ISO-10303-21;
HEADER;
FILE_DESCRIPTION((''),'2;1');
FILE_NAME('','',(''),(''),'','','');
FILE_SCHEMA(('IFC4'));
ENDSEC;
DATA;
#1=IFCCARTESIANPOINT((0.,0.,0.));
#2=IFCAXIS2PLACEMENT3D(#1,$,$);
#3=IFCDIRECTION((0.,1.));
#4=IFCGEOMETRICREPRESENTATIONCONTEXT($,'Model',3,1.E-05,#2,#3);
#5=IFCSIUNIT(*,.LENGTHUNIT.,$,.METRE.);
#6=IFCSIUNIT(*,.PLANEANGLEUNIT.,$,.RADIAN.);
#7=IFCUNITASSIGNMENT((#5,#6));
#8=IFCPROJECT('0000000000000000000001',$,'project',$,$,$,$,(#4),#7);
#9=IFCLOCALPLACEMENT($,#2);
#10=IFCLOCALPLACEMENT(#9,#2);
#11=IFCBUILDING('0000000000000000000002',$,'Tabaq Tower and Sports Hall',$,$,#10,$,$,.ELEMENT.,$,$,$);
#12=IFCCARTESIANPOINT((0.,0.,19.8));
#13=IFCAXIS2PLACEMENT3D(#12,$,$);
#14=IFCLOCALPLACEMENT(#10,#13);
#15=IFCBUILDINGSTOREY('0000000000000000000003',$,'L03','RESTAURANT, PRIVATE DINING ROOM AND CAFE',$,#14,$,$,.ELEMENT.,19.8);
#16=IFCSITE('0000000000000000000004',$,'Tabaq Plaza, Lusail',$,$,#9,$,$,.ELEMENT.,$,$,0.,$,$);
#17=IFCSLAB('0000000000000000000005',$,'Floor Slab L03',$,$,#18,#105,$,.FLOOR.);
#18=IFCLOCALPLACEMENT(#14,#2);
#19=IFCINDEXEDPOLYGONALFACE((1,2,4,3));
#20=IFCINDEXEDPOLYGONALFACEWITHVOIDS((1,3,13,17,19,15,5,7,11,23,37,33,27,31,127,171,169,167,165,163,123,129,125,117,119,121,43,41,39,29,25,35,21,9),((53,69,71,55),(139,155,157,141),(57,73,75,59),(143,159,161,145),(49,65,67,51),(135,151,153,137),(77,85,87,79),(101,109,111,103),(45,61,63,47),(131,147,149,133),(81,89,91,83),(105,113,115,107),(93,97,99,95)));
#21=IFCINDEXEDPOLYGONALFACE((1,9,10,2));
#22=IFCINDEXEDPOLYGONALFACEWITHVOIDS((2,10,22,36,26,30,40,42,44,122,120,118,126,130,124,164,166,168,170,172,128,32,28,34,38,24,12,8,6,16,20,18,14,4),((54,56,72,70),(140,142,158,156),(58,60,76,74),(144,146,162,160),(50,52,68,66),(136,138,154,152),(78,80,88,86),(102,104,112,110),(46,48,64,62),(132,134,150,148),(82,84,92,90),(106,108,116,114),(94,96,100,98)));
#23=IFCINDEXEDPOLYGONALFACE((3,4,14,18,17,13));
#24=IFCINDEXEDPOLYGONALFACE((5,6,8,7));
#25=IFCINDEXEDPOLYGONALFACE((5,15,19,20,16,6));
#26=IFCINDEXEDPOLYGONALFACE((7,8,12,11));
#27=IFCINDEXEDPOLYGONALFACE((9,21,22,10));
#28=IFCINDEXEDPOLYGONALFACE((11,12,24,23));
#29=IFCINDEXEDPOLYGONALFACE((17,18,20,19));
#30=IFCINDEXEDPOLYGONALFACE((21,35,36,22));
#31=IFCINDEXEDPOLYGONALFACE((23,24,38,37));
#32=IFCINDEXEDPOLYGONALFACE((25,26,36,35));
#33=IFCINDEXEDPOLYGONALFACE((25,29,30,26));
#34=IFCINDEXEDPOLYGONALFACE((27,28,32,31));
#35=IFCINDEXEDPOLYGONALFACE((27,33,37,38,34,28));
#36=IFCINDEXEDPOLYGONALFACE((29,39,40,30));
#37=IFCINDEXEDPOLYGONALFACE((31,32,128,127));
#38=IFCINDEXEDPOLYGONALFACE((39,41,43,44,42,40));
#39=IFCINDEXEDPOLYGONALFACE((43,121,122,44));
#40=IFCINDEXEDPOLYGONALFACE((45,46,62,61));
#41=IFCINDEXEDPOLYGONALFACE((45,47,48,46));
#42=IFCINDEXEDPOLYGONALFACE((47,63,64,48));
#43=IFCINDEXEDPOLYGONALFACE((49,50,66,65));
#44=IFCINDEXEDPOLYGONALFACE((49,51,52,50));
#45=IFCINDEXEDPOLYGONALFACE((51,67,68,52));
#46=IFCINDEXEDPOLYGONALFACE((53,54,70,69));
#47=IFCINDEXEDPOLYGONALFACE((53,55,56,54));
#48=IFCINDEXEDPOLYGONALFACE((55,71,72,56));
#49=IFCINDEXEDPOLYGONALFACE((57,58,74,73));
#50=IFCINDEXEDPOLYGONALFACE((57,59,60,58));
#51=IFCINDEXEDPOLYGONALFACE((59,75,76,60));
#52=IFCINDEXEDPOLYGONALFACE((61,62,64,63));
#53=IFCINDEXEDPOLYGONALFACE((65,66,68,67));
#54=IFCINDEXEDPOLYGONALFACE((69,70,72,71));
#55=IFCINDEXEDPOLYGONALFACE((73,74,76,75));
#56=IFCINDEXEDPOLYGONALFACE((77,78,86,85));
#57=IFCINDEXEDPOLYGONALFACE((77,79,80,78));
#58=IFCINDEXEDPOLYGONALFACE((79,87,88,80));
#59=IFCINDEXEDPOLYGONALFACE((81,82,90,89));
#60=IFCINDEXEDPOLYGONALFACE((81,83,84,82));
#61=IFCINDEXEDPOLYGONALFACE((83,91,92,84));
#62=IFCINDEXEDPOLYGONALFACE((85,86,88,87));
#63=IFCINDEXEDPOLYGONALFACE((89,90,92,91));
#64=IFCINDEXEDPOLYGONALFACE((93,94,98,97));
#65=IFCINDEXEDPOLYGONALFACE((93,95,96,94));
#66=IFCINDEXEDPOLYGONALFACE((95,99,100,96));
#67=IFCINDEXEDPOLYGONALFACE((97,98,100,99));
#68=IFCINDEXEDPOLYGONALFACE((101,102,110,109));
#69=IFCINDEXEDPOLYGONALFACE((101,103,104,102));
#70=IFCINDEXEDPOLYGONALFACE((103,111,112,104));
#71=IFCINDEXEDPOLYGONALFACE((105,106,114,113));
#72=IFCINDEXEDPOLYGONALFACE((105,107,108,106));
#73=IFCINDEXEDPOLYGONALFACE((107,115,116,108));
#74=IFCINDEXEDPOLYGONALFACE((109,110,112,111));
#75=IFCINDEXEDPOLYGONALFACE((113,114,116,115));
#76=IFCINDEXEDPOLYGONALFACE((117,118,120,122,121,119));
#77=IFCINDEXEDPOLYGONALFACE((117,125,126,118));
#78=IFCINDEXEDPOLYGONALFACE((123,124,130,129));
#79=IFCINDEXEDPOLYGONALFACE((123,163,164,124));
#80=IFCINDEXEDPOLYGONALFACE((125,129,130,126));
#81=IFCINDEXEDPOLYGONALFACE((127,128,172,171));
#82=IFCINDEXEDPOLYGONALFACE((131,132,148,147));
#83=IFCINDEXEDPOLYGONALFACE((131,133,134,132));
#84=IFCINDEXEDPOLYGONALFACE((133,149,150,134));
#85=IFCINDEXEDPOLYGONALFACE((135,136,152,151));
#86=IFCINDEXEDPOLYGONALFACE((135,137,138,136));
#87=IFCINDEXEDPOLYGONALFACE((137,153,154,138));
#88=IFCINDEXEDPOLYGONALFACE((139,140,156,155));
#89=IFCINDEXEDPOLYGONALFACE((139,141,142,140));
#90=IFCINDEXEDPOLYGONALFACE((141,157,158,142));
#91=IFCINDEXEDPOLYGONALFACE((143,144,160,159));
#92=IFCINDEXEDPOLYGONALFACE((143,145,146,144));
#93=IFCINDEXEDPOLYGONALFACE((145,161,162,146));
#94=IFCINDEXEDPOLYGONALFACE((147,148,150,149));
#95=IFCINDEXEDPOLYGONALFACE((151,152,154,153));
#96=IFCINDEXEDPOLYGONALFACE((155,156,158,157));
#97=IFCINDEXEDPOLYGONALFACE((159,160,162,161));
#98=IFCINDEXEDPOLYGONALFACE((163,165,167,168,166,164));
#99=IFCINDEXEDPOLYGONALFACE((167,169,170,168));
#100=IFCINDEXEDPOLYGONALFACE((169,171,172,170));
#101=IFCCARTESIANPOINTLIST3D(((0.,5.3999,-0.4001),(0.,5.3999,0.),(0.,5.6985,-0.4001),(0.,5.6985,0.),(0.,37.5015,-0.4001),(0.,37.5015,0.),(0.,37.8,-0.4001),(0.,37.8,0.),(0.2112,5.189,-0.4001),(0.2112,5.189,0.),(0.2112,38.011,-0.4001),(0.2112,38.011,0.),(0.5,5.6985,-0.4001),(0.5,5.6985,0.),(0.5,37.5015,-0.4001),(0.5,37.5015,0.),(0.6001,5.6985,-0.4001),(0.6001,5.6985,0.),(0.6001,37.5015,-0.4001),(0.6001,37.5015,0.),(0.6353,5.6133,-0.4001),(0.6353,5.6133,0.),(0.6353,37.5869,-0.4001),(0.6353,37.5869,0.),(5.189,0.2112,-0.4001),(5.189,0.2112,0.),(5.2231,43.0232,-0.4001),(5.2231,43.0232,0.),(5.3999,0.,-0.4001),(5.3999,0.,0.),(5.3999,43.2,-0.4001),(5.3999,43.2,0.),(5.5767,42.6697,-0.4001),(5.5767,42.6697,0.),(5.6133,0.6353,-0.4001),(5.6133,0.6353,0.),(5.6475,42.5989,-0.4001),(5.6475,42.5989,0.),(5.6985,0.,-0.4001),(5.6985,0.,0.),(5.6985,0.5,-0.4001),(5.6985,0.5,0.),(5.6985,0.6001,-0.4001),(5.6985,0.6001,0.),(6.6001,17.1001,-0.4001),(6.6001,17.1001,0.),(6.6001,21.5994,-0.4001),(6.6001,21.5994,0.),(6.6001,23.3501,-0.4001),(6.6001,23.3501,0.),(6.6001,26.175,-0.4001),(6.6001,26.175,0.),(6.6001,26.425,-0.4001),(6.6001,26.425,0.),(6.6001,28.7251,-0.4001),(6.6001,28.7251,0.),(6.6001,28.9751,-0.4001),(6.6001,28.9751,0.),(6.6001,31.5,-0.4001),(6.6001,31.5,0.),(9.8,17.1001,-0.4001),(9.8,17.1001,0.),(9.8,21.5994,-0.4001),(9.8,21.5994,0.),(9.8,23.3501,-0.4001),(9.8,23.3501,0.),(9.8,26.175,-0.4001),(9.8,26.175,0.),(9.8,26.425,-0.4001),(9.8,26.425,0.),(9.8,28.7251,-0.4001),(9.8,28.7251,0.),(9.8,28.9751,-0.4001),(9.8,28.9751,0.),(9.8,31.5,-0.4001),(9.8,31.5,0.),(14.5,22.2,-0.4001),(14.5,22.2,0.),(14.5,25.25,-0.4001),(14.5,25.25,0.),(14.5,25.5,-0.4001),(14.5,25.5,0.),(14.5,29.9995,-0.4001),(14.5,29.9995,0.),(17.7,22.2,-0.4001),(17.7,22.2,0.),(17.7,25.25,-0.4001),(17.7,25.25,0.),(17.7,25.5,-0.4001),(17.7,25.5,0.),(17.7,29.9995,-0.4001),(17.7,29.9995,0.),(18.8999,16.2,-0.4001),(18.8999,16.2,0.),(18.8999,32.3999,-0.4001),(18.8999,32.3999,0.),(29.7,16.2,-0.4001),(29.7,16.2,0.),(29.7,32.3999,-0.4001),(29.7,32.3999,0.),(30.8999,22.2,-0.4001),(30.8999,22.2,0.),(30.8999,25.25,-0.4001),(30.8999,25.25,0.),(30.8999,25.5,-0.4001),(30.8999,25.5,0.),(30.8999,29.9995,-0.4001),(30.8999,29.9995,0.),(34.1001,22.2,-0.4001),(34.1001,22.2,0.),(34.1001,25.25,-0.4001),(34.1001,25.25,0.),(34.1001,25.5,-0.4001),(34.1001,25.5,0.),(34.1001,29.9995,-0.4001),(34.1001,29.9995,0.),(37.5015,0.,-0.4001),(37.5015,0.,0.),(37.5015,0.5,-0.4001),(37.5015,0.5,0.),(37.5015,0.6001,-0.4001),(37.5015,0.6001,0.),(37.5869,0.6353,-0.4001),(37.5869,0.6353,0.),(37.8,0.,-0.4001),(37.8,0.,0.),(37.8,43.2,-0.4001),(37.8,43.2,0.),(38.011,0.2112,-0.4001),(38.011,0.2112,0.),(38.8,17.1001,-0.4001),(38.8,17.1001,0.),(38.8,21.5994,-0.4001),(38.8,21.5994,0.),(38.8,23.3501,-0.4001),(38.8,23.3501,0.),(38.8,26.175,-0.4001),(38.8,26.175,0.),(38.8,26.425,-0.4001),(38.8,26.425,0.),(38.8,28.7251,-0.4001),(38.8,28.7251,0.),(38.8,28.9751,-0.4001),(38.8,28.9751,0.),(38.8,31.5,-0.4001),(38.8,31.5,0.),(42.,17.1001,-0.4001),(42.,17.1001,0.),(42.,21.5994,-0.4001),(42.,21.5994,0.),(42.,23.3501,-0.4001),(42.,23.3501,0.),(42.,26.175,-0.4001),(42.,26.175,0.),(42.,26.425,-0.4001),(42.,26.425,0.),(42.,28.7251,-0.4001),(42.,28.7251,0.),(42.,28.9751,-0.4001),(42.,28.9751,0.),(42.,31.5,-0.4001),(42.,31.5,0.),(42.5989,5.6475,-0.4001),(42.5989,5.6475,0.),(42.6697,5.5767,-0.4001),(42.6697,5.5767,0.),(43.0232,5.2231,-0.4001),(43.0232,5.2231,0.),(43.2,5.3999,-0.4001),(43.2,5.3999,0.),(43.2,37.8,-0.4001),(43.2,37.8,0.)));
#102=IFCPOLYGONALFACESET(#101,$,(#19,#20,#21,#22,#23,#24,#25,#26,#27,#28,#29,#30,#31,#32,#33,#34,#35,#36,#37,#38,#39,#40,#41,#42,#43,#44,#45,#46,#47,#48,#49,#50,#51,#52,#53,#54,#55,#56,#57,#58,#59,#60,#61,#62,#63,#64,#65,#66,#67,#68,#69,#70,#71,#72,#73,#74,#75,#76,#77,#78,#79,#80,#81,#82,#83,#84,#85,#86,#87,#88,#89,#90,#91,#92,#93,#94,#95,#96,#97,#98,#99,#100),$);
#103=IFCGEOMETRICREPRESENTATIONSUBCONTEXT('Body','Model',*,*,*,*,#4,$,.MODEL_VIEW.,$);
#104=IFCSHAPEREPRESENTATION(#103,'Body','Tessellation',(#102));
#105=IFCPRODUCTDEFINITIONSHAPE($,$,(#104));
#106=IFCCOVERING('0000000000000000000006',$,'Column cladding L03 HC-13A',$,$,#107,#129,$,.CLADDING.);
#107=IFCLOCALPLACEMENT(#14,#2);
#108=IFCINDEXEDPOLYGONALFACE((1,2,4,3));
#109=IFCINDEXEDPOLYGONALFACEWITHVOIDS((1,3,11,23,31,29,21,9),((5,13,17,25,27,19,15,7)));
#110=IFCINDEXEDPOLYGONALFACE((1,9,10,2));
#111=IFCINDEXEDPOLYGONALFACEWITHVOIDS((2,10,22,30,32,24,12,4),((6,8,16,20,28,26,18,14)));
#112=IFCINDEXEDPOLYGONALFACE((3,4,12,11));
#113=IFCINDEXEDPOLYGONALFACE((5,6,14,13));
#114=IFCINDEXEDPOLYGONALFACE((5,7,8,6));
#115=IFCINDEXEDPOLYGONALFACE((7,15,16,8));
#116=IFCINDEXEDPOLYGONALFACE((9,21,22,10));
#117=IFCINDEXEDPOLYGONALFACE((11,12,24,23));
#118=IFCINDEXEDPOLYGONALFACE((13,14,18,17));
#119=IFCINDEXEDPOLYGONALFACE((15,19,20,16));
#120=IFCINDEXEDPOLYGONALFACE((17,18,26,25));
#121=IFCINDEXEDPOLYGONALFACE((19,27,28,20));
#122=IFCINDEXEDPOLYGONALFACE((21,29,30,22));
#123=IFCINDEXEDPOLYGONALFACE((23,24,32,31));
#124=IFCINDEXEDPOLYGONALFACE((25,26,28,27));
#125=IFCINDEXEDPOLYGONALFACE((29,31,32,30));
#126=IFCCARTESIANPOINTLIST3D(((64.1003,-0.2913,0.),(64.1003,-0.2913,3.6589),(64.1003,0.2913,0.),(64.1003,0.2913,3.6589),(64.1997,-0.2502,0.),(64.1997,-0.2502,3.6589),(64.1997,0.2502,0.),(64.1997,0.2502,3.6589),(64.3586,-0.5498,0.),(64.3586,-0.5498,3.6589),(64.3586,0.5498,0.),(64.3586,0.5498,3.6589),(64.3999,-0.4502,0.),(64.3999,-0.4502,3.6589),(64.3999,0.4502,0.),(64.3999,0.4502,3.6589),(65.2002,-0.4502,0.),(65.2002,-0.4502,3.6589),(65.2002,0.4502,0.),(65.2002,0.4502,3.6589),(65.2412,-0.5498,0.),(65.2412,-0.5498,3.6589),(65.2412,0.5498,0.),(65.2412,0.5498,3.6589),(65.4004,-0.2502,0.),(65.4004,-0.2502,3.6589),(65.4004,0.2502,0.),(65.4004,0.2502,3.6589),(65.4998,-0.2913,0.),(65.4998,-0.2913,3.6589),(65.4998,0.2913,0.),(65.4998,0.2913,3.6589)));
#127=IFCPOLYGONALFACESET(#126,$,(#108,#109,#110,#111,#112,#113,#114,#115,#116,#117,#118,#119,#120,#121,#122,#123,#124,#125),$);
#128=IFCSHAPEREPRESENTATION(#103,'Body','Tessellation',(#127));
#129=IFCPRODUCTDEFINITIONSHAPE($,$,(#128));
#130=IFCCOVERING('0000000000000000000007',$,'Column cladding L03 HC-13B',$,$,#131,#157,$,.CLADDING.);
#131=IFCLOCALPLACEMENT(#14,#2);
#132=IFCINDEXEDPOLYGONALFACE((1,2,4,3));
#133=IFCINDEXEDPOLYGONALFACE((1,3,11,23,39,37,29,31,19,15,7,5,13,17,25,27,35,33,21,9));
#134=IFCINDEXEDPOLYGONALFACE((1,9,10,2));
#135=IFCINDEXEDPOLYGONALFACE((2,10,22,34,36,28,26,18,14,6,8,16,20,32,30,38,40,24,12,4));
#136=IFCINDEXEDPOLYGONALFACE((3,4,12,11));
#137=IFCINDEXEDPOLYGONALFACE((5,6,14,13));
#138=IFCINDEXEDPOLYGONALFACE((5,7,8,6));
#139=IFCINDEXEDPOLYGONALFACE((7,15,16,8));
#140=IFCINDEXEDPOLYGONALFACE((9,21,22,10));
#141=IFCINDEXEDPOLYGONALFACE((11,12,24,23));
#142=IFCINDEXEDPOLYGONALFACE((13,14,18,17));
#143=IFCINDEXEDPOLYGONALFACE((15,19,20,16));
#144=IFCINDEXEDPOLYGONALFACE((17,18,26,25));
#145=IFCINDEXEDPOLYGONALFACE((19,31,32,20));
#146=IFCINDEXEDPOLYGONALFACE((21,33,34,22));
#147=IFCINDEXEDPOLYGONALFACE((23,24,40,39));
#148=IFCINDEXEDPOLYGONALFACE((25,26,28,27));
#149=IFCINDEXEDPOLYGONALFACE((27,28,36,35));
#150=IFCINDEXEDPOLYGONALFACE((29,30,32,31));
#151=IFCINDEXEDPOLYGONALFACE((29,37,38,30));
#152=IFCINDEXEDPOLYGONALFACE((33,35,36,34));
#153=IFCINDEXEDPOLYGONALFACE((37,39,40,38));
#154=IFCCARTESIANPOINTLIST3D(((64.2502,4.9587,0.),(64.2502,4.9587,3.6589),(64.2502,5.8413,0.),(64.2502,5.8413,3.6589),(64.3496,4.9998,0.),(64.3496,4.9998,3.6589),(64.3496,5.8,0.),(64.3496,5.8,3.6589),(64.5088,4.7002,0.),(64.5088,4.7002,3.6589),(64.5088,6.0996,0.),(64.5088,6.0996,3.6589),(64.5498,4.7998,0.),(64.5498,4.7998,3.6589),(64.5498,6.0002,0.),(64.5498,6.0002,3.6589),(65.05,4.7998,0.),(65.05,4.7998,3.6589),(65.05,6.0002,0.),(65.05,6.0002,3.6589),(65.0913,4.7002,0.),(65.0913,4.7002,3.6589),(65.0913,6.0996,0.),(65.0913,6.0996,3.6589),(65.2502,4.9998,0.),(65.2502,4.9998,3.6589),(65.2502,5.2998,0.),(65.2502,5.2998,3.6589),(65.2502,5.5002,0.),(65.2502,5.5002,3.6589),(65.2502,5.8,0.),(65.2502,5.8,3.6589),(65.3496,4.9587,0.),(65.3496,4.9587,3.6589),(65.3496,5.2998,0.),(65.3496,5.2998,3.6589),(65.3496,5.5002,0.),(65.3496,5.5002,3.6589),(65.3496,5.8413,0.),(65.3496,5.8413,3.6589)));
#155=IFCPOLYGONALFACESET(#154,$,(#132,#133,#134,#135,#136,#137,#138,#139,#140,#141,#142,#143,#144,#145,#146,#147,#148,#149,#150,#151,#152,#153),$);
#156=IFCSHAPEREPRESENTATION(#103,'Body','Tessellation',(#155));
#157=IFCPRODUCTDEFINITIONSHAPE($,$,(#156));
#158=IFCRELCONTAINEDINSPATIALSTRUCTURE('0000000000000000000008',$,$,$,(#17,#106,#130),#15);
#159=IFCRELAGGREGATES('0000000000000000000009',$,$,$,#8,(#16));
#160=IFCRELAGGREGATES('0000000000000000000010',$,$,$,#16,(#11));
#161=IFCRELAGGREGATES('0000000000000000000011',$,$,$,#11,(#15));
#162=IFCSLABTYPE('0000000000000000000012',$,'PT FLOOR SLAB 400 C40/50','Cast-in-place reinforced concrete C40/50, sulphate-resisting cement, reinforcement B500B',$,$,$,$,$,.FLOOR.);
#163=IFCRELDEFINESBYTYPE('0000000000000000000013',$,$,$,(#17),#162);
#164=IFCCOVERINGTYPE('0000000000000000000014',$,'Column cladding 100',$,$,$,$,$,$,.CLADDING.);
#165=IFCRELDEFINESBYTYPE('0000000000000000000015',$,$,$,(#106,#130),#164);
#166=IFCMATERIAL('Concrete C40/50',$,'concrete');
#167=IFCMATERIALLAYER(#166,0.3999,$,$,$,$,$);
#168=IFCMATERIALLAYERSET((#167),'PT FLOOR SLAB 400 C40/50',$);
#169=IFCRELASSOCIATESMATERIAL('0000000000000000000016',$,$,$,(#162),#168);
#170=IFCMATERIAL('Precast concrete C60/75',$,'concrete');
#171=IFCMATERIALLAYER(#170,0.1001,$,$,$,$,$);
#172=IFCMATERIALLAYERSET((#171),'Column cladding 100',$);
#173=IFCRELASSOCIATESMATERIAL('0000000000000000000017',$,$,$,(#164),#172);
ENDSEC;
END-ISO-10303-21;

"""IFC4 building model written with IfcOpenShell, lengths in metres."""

from ifc_helpers import new_model, si_unit, direction, frame, origin, place, context, subcontext, project, spatial, polyline, outline, extrude, material, layer, layer_set, type_object, element, save


model = new_model("IFC4")

# Units and contexts
model_context = context("Model", 3, precision=1e-05, world=origin(), true_north=direction((0.0, 1.0)))
body_context = subcontext(model_context, "Body", "Model", "MODEL_VIEW")
ifc_project = project(units=[si_unit("LENGTHUNIT", "METRE"), si_unit("PLANEANGLEUNIT", "RADIAN")], contexts=[model_context])

# Site, building, storey
site_placement = place(None, origin())
site = spatial("IfcSite", under=ifc_project, at=site_placement, Name="Tabaq Plaza, Lusail", CompositionType="ELEMENT", RefElevation=0.0)
building_placement = place(site_placement, origin())
building = spatial("IfcBuilding", under=site, at=building_placement, Name="Tabaq Tower and Sports Hall", CompositionType="ELEMENT")
storey_placement = place(building_placement, frame((0.0, 0.0, 19.8)))
storey = spatial("IfcBuildingStorey", under=building, at=storey_placement, Name="L03", Description="RESTAURANT, PRIVATE DINING ROOM AND CAFE", CompositionType="ELEMENT", Elevation=19.8)

# Slab
ifc_material_1 = material(Name="Concrete C40/50", Category="concrete")
ifc_layer_1 = layer(ifc_material_1, 0.3999)
ifc_layer_set_1 = layer_set([ifc_layer_1], Name="PT FLOOR SLAB 400 C40/50")
slab_type_1 = type_object("IfcSlabType", Name="PT FLOOR SLAB 400 C40/50", Description="Cast-in-place reinforced concrete C40/50, sulphate-resisting cement, reinforcement B500B", PredefinedType="FLOOR", material=ifc_layer_set_1)
slab_1_placement = place(storey_placement, frame((0.0, 0.0, -0.4001)))
element("IfcSlab", 1, at=slab_1_placement, inside=storey, type_object=slab_type_1, Name="Floor Slab L03", PredefinedType="FLOOR", context=body_context, shape_type="SweptSolid", body=[
    extrude(outline(polyline([(0.0, 5.6985), (0.0, 5.3999), (0.2112, 5.189), (0.6353, 5.6133), (5.6133, 0.6353), (5.189, 0.2112), (5.3999, 0.0), (5.6985, 0.0), (5.6985, 0.5), (5.6985, 0.6001), (37.5015, 0.6001), (37.5015, 0.5), (37.5015, 0.0), (37.8, 0.0), (38.011, 0.2112), (37.5869, 0.6353), (42.5989, 5.6475), (42.6697, 5.5767), (43.0232, 5.2231), (43.2, 5.3999), (43.2, 37.8), (37.8, 43.2), (5.3999, 43.2), (5.2231, 43.0232), (5.5767, 42.6697), (5.6475, 42.5989), (0.6353, 37.5869), (0.2112, 38.011), (0.0, 37.8), (0.0, 37.5015), (0.5, 37.5015), (0.6001, 37.5015), (0.6001, 5.6985), (0.5, 5.6985), (0.0, 5.6985)]), holes=[polyline([(6.6001, 21.5994), (9.8, 21.5994), (9.8, 17.1001), (6.6001, 17.1001), (6.6001, 21.5994)]), polyline([(17.7, 25.25), (17.7, 22.2), (14.5, 22.2), (14.5, 25.25), (17.7, 25.25)]), polyline([(18.8999, 32.3999), (29.7, 32.3999), (29.7, 16.2), (18.8999, 16.2), (18.8999, 32.3999)]), polyline([(6.6001, 26.175), (9.8, 26.175), (9.8, 23.3501), (6.6001, 23.3501), (6.6001, 26.175)]), polyline([(9.8, 28.7251), (9.8, 26.425), (6.6001, 26.425), (6.6001, 28.7251), (9.8, 28.7251)]), polyline([(17.7, 29.9995), (17.7, 25.5), (14.5, 25.5), (14.5, 29.9995), (17.7, 29.9995)]), polyline([(6.6001, 31.5), (9.8, 31.5), (9.8, 28.9751), (6.6001, 28.9751), (6.6001, 31.5)]), polyline([(42.0, 21.5994), (42.0, 17.1001), (38.8, 17.1001), (38.8, 21.5994), (42.0, 21.5994)]), polyline([(34.1001, 25.25), (34.1001, 22.2), (30.8999, 22.2), (30.8999, 25.25), (34.1001, 25.25)]), polyline([(42.0, 26.175), (42.0, 23.3501), (38.8, 23.3501), (38.8, 26.175), (42.0, 26.175)]), polyline([(42.0, 28.7251), (42.0, 26.425), (38.8, 26.425), (38.8, 28.7251), (42.0, 28.7251)]), polyline([(34.1001, 29.9995), (34.1001, 25.5), (30.8999, 25.5), (30.8999, 29.9995), (34.1001, 29.9995)]), polyline([(42.0, 31.5), (42.0, 28.9751), (38.8, 28.9751), (38.8, 31.5), (42.0, 31.5)])]), origin(), (0.0, 0.0, 1.0), 0.4001),
])

# Coverings
ifc_material_2 = material(Name="Precast concrete C60/75", Category="concrete")
ifc_layer_2 = layer(ifc_material_2, 0.1001)
ifc_layer_set_2 = layer_set([ifc_layer_2], Name="Column cladding 100")
covering_type = type_object("IfcCoveringType", Name="Column cladding 100", PredefinedType="CLADDING", material=ifc_layer_set_2)
covering_1_placement = place(storey_placement, origin())
element("IfcCovering", 2, at=covering_1_placement, inside=storey, type_object=covering_type, Name="Column cladding L03 HC-13A", PredefinedType="CLADDING", context=body_context, shape_type="SweptSolid", body=[
    extrude(outline(polyline([(64.1003, -0.2913), (64.1003, 0.2913), (64.3586, 0.5498), (65.2412, 0.5498), (65.4998, 0.2913), (65.4998, -0.2913), (65.2412, -0.5498), (64.3586, -0.5498), (64.1003, -0.2913)]), holes=[polyline([(65.2002, -0.4502), (65.4004, -0.2502), (65.4004, 0.2502), (65.2002, 0.4502), (64.3999, 0.4502), (64.1997, 0.2502), (64.1997, -0.2502), (64.3999, -0.4502), (65.2002, -0.4502)])]), origin(), (0.0, 0.0, 1.0), 3.6589),
])
covering_2_placement = place(storey_placement, origin())
element("IfcCovering", 3, at=covering_2_placement, inside=storey, type_object=covering_type, Name="Column cladding L03 HC-13B", PredefinedType="CLADDING", context=body_context, shape_type="SweptSolid", body=[
    extrude(outline(polyline([(64.5088, 4.7002), (64.2502, 4.9587), (64.2502, 5.8413), (64.5088, 6.0996), (65.0913, 6.0996), (65.3496, 5.8413), (65.3496, 5.5002), (65.2502, 5.5002), (65.2502, 5.8), (65.05, 6.0002), (64.5498, 6.0002), (64.3496, 5.8), (64.3496, 4.9998), (64.5498, 4.7998), (65.05, 4.7998), (65.2502, 4.9998), (65.2502, 5.2998), (65.3496, 5.2998), (65.3496, 4.9587), (65.0913, 4.7002), (64.5088, 4.7002)])), origin(), (0.0, 0.0, 1.0), 3.6589),
])

save(model, "model.ifc")
